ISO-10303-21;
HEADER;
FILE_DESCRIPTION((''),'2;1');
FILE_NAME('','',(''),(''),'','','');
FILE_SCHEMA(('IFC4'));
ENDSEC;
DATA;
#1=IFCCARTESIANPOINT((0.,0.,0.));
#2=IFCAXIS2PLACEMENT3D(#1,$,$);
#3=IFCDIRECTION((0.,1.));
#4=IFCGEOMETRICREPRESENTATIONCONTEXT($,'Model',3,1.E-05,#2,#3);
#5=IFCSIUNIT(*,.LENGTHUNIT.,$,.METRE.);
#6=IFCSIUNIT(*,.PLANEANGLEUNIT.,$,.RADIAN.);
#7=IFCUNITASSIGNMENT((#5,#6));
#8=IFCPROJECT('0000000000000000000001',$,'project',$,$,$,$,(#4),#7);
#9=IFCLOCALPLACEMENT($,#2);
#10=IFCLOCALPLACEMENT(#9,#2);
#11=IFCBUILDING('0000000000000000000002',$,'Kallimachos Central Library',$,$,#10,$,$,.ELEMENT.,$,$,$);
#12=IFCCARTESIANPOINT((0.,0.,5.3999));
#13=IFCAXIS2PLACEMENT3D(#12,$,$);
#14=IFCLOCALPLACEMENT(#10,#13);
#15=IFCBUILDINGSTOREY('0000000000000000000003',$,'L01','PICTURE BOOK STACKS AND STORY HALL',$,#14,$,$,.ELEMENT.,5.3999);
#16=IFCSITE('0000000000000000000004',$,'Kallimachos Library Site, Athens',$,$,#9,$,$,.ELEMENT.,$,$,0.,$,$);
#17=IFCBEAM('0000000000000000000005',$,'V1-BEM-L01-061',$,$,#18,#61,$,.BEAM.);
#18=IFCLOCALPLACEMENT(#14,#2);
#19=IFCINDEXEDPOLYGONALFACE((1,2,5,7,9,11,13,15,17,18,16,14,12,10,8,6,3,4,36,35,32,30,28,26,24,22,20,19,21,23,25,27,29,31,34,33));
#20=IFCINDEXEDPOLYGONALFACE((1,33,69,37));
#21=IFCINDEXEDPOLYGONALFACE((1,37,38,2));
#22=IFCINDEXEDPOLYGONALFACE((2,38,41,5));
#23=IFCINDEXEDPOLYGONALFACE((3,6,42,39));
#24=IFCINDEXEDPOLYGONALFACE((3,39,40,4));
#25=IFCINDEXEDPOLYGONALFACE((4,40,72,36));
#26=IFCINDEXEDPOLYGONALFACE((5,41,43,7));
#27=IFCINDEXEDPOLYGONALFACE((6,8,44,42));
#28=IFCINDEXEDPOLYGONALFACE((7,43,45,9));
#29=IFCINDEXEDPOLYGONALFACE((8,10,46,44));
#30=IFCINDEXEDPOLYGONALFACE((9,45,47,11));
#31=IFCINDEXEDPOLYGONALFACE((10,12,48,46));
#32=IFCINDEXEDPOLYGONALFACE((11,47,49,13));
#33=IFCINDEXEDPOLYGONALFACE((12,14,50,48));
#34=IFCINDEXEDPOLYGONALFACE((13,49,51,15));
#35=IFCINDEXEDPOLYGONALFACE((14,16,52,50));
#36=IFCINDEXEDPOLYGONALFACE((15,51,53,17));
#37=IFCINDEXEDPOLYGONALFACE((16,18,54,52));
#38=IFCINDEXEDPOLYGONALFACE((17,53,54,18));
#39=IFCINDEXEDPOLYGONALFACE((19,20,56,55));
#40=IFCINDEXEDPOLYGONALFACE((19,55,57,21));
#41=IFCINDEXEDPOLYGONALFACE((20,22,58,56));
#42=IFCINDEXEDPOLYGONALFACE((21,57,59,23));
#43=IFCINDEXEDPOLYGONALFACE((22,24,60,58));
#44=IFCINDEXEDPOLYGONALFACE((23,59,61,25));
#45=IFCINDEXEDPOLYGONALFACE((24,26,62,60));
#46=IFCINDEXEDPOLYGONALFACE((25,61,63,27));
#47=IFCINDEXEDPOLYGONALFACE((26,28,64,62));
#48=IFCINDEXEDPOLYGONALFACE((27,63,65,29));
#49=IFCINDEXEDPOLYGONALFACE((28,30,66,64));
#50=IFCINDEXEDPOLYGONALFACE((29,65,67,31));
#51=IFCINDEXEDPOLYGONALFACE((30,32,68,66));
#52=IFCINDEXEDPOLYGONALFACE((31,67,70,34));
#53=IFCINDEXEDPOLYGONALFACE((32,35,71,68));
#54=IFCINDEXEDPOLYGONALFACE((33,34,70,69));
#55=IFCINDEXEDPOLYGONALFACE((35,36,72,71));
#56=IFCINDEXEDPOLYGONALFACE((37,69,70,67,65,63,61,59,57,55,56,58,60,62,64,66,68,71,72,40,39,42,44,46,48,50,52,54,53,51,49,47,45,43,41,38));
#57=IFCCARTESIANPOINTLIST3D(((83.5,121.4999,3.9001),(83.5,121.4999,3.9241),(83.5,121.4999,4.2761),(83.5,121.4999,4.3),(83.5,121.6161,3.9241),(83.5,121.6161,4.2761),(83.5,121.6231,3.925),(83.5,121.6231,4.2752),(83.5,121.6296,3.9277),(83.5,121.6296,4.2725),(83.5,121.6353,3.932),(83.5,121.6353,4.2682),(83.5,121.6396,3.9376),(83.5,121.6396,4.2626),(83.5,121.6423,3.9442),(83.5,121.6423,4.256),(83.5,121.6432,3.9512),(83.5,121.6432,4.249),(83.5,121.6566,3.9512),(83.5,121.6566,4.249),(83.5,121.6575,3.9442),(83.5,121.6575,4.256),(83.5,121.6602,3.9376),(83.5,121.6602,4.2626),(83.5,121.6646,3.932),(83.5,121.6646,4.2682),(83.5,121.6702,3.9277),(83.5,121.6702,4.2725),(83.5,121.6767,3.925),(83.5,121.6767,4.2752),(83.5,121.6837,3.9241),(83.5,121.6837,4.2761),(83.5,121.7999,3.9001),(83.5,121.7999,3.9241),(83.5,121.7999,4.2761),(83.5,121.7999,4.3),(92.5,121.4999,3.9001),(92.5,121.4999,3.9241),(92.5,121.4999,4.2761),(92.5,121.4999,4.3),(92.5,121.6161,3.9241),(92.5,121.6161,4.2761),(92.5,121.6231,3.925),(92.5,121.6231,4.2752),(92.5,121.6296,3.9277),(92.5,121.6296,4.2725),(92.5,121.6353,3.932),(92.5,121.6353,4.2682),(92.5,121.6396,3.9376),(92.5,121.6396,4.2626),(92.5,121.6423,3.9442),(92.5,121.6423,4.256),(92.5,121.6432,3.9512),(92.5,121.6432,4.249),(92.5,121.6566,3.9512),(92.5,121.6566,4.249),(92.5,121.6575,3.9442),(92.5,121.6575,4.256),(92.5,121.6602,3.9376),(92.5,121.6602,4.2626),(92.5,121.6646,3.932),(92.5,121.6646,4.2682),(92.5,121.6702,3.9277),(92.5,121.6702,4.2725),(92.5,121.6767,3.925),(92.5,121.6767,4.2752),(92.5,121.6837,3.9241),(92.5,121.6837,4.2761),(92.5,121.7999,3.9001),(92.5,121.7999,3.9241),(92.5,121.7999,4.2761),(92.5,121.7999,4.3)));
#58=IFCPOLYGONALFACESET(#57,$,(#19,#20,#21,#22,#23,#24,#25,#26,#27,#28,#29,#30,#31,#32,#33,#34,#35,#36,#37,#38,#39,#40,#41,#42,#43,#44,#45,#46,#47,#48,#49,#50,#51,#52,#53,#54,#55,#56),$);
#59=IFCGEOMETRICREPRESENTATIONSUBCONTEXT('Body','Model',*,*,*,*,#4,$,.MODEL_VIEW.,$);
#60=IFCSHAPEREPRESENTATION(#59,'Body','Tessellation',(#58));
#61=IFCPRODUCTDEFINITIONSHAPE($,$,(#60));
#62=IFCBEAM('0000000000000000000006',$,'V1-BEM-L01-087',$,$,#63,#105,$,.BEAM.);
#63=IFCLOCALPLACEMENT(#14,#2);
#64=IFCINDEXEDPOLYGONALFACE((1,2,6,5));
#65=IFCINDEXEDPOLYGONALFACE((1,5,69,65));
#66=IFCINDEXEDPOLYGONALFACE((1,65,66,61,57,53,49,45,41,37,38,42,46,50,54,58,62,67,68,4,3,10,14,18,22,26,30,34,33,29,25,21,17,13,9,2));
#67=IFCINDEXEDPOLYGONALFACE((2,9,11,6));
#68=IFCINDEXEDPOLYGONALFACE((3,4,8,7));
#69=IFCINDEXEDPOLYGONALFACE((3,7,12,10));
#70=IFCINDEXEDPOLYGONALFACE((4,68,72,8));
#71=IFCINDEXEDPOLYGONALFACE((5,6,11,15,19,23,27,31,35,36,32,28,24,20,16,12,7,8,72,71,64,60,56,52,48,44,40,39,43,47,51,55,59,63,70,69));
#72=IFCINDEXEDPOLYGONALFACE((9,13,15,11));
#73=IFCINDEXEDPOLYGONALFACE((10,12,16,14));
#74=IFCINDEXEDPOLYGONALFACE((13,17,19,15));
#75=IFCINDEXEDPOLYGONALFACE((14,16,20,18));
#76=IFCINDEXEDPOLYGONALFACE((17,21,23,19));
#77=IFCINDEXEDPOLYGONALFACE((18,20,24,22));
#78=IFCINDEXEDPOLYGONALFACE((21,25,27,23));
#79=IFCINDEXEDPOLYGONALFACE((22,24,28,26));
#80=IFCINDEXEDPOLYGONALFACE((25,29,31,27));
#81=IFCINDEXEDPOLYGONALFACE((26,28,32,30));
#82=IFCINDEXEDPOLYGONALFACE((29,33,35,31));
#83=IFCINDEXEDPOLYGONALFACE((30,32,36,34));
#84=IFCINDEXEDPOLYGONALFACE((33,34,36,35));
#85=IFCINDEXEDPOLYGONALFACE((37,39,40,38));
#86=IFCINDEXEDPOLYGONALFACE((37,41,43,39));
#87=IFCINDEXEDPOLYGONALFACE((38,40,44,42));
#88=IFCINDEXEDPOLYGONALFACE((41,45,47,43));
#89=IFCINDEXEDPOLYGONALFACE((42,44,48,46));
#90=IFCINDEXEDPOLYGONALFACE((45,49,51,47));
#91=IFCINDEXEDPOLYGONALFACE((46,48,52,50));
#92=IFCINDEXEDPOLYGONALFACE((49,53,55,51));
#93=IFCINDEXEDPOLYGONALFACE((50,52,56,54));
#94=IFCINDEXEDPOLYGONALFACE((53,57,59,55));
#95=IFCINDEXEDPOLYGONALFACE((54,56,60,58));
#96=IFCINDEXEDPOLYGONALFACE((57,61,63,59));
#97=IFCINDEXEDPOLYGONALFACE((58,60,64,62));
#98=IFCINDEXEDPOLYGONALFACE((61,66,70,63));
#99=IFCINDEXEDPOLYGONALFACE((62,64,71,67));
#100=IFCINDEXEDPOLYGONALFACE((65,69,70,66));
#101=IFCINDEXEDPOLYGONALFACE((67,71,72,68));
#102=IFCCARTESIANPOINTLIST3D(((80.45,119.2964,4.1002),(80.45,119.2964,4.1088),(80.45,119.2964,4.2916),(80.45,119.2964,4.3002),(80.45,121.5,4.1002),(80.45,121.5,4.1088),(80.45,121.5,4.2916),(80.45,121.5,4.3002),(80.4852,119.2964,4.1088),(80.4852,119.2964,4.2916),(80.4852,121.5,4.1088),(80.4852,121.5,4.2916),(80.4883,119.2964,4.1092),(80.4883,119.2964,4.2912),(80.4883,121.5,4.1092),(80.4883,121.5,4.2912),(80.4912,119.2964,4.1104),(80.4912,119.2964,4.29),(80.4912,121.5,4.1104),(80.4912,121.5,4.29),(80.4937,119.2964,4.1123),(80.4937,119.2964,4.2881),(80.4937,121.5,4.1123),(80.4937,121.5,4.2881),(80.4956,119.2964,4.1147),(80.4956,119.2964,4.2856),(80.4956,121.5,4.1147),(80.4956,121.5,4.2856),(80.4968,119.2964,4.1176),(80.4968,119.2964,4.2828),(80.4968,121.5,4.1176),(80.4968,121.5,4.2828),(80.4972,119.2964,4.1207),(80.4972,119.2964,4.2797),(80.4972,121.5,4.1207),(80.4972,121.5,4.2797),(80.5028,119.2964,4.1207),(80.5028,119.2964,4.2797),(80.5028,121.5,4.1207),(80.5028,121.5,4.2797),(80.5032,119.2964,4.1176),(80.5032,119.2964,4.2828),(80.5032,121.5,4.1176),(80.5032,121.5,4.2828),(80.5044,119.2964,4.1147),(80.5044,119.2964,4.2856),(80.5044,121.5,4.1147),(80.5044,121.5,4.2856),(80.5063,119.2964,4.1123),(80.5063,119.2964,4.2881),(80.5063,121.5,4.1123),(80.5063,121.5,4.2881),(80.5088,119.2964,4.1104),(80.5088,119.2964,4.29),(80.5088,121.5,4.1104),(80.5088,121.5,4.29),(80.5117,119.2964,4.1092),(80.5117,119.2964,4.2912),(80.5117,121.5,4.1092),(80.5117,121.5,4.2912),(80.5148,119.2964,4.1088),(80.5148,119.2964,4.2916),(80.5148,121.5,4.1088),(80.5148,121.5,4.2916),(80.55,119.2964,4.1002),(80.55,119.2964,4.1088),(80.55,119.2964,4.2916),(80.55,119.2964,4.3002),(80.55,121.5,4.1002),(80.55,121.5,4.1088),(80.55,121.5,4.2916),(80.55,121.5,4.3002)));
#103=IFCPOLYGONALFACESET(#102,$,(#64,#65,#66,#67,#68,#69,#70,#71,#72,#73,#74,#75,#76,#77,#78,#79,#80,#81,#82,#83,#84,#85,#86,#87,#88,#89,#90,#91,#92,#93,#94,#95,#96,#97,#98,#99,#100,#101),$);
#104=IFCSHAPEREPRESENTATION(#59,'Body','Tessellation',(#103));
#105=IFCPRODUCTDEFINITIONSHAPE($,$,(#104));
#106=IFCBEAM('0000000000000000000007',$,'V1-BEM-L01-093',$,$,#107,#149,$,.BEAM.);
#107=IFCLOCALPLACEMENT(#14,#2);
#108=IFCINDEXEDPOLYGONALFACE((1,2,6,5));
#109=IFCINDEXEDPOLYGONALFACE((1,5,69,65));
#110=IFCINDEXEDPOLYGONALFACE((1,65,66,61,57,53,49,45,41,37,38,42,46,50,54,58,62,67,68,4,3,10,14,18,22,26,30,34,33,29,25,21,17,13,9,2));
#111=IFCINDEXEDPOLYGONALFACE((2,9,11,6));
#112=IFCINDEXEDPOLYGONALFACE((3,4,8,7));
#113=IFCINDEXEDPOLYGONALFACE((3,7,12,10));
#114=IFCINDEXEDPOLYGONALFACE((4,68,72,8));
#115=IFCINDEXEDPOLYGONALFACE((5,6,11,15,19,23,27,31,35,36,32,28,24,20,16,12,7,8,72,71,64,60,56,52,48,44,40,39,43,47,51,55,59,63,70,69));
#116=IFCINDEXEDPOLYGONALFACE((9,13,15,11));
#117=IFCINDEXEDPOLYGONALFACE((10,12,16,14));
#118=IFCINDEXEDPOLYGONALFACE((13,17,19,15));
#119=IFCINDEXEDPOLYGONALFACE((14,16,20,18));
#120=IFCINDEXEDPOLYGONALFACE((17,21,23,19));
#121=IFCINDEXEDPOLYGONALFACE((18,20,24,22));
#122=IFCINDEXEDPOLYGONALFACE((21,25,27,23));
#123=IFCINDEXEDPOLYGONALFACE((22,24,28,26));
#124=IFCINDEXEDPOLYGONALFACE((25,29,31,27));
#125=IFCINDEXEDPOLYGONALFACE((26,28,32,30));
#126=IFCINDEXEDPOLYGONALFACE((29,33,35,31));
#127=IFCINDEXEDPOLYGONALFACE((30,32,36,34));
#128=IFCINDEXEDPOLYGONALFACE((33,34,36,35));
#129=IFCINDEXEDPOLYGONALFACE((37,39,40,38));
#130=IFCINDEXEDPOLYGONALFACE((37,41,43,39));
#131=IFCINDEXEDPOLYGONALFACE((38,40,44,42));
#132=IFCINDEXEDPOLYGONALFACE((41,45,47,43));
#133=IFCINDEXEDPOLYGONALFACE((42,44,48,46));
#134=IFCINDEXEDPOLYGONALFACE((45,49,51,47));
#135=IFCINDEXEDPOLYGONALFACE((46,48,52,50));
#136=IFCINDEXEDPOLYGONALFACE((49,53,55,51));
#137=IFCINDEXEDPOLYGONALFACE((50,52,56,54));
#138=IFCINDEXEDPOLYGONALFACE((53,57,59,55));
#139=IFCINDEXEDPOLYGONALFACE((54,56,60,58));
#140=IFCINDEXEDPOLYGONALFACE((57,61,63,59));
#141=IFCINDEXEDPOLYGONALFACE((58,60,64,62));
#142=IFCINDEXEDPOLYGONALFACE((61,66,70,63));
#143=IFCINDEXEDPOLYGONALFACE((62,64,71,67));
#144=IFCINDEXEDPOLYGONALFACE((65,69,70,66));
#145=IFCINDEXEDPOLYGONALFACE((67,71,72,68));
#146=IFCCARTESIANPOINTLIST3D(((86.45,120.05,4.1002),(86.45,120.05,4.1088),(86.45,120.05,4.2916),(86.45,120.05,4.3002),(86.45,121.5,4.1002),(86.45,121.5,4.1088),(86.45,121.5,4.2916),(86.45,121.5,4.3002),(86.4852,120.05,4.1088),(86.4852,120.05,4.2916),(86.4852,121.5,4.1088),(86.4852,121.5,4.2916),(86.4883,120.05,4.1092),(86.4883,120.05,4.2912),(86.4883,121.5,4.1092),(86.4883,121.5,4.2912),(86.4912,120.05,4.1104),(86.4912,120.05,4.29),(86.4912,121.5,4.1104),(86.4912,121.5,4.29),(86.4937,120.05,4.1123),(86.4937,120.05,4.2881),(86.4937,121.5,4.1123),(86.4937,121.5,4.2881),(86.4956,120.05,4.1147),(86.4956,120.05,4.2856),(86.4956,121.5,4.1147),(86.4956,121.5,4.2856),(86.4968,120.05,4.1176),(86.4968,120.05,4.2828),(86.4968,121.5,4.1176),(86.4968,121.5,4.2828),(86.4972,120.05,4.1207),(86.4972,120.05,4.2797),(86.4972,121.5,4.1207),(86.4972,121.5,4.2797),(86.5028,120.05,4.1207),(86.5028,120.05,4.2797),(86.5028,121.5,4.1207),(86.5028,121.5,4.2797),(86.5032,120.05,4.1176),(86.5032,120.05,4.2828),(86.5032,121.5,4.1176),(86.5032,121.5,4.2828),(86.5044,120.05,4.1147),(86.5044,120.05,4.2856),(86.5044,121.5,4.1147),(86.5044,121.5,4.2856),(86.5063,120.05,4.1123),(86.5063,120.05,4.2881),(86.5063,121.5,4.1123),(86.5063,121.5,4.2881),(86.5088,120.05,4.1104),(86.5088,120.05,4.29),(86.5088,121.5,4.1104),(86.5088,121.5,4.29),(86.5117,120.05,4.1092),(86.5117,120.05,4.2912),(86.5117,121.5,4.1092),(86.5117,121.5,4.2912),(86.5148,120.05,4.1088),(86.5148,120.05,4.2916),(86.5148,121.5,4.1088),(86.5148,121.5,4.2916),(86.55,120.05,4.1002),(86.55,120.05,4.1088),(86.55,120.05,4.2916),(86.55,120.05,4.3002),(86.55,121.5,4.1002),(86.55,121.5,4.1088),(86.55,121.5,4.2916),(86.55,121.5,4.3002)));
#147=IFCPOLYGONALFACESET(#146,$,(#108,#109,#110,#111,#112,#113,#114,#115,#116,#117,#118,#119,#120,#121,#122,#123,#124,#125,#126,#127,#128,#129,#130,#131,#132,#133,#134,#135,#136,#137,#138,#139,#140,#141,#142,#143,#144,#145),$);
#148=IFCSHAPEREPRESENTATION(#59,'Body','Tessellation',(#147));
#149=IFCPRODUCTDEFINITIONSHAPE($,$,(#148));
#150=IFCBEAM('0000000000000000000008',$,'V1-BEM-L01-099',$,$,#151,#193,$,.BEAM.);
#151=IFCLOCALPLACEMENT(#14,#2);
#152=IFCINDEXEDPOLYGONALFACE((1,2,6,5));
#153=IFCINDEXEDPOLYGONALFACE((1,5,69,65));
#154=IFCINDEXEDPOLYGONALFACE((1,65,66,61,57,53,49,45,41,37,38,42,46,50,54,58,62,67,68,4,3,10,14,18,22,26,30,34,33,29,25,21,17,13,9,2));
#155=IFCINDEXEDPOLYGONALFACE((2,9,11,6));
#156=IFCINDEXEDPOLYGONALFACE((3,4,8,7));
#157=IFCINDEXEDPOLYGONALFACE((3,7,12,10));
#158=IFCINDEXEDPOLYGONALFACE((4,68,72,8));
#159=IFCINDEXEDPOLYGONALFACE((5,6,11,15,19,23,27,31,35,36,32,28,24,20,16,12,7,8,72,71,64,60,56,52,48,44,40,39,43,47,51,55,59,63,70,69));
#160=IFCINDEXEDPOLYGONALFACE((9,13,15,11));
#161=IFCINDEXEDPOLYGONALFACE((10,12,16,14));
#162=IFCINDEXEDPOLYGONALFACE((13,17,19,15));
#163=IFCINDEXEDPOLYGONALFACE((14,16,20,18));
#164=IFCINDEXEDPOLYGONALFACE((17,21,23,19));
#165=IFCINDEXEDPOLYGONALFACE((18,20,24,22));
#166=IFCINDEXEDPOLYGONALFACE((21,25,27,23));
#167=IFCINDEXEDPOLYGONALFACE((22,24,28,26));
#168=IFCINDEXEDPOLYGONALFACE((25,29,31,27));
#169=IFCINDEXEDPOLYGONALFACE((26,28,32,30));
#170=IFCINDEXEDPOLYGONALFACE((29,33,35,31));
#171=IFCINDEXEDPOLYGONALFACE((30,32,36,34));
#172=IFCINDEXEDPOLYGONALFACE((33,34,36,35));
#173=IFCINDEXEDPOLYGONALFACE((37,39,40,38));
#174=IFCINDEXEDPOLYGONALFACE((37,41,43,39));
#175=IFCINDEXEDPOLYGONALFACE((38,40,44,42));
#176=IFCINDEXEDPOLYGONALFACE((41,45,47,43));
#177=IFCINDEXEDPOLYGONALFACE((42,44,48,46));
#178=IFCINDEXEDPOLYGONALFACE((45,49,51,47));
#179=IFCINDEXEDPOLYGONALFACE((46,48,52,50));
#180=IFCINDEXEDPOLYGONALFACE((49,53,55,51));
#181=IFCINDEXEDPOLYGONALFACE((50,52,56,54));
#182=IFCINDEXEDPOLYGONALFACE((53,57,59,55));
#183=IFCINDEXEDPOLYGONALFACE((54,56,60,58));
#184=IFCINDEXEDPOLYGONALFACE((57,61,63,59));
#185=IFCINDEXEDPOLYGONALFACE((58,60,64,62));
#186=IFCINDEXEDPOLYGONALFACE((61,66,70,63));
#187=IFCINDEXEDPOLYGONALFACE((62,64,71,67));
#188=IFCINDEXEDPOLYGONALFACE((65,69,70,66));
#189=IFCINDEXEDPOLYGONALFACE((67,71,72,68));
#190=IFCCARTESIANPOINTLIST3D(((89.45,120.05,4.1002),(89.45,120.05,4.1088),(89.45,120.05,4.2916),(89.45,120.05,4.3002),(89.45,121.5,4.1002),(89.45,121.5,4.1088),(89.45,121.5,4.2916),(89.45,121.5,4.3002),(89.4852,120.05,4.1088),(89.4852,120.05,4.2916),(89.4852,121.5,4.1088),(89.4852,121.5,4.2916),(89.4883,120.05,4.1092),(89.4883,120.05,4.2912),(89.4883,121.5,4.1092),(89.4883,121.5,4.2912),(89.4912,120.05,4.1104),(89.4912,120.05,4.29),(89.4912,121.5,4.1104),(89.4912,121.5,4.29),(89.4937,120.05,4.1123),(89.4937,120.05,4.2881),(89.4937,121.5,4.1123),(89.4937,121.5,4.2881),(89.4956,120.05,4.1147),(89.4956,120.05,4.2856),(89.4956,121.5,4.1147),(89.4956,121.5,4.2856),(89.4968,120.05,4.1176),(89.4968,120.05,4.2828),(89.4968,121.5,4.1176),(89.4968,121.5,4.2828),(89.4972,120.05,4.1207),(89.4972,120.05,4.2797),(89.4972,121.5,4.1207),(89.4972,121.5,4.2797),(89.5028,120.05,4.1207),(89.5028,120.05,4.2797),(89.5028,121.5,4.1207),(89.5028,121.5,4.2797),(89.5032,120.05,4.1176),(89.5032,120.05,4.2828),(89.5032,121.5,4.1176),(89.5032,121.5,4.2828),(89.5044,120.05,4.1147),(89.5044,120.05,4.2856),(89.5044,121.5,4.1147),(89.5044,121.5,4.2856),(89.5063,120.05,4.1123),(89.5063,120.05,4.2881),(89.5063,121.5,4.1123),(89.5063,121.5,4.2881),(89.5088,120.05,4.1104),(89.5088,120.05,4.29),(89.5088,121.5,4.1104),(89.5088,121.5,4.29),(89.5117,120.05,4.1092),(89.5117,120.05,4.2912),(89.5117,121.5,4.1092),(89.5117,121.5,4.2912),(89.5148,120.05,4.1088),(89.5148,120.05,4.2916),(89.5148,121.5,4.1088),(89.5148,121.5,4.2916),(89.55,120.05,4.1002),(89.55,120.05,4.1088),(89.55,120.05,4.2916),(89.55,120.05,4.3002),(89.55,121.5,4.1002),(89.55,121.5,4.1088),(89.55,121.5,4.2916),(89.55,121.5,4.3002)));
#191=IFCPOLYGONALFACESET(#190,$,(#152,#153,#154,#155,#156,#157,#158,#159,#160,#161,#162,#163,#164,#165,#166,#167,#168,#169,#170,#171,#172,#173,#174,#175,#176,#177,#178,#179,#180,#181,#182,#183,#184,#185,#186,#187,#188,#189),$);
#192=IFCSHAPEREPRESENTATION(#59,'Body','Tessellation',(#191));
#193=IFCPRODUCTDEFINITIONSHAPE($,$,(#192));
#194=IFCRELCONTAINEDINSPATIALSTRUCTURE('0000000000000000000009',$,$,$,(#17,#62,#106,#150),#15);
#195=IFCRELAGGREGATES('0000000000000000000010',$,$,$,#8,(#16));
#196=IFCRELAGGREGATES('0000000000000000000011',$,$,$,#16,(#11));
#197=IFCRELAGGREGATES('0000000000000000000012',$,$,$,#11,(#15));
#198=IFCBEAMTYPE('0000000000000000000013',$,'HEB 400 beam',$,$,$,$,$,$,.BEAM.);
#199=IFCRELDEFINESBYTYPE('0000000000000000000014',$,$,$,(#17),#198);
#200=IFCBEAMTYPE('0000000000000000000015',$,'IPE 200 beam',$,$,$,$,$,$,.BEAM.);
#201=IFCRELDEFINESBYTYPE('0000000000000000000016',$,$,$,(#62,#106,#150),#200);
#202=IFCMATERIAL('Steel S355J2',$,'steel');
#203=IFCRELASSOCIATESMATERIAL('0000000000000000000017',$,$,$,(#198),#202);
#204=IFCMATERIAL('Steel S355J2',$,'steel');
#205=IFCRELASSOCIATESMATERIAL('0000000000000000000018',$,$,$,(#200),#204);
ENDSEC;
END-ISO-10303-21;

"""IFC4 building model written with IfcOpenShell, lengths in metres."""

from ifc_helpers import new_model, si_unit, direction, frame, origin, origin_2d, place, context, subcontext, project, spatial, i_section, extrude, material, material_profile, profile_set, type_object, element, save


model = new_model("IFC4")

# Units and contexts
model_context = context("Model", 3, precision=1e-05, world=origin(), true_north=direction((0.0, 1.0)))
body_context = subcontext(model_context, "Body", "Model", "MODEL_VIEW")
ifc_project = project(units=[si_unit("LENGTHUNIT", "METRE"), si_unit("PLANEANGLEUNIT", "RADIAN")], contexts=[model_context])

# Site, building, storey
site_placement = place(None, origin())
site = spatial("IfcSite", under=ifc_project, at=site_placement, Name="Kallimachos Library Site, Athens", CompositionType="ELEMENT", RefElevation=0.0)
building_placement = place(site_placement, origin())
building = spatial("IfcBuilding", under=site, at=building_placement, Name="Kallimachos Central Library", CompositionType="ELEMENT")
storey_placement = place(building_placement, frame((0.0, 0.0, 5.3999)))
storey = spatial("IfcBuildingStorey", under=building, at=storey_placement, Name="L01", Description="PICTURE BOOK STACKS AND STORY HALL", CompositionType="ELEMENT", Elevation=5.3999)

# Beams
ifc_material_1 = material(Name="Steel S355J2", Category="steel")
ifc_material_profile_1 = material_profile(ifc_material_1, i_section(OverallWidth=0.3, OverallDepth=0.3999, WebThickness=0.0134, FlangeThickness=0.0239, FilletRadius=0.0271, at=origin_2d()), Name="HEB 400")
ifc_profile_set_1 = profile_set([ifc_material_profile_1], Name="Steel S355J2")
beam_type_1 = type_object("IfcBeamType", Name="HEB 400 beam", PredefinedType="BEAM", material=ifc_profile_set_1)
beam_1_placement = place(storey_placement, frame((83.5, 121.6499, 4.1001), z_axis=(1.0, 0.0, 0.0), x_axis=(0.0, 1.0, 0.0)))
element("IfcBeam", 1, at=beam_1_placement, inside=storey, type_object=beam_type_1, Name="V1-BEM-L01-061", PredefinedType="BEAM", context=body_context, shape_type="SweptSolid", body=[
    extrude(i_section(OverallWidth=0.3, OverallDepth=0.3999, WebThickness=0.0134, FlangeThickness=0.0239, FilletRadius=0.0271, at=origin_2d()), origin(), (0.0, 0.0, 1.0), 9.0),
])
ifc_material_2 = material(Name="Steel S355J2", Category="steel")
ifc_material_profile_2 = material_profile(ifc_material_2, i_section(OverallWidth=0.1001, OverallDepth=0.2, WebThickness=0.0056, FlangeThickness=0.0085, FilletRadius=0.012, at=origin_2d()), Name="IPE 200")
ifc_profile_set_2 = profile_set([ifc_material_profile_2], Name="Steel S355J2")
beam_type_2 = type_object("IfcBeamType", Name="IPE 200 beam", PredefinedType="BEAM", material=ifc_profile_set_2)
beam_2_placement = place(storey_placement, frame((80.5, 119.2964, 4.2002), z_axis=(0.0, 1.0, 0.0), x_axis=(-1.0, 0.0, 0.0)))
element("IfcBeam", 2, at=beam_2_placement, inside=storey, type_object=beam_type_2, Name="V1-BEM-L01-087", PredefinedType="BEAM", context=body_context, shape_type="SweptSolid", body=[
    extrude(i_section(OverallWidth=0.1001, OverallDepth=0.2, WebThickness=0.0056, FlangeThickness=0.0085, FilletRadius=0.012, at=origin_2d()), origin(), (0.0, 0.0, 1.0), 2.2036),
])
for number, where, z_axis, x_axis, name in (
    (3, (86.5, 120.05, 4.2002), (0.0, 1.0, 0.0), (-1.0, 0.0, 0.0), "V1-BEM-L01-093"),
    (4, (89.5, 120.05, 4.2002), (0.0, 1.0, 0.0), (-1.0, 0.0, 0.0), "V1-BEM-L01-099"),
):
    element("IfcBeam", number, at=place(storey_placement, frame(where, z_axis=z_axis, x_axis=x_axis)), inside=storey, type_object=beam_type_2, Name=name, PredefinedType="BEAM", context=body_context, shape_type="SweptSolid", body=[
        extrude(i_section(OverallWidth=0.1001, OverallDepth=0.2, WebThickness=0.0056, FlangeThickness=0.0085, FilletRadius=0.012, at=origin_2d()), origin(), (0.0, 0.0, 1.0), 1.45),
    ])

save(model, "model.ifc")
